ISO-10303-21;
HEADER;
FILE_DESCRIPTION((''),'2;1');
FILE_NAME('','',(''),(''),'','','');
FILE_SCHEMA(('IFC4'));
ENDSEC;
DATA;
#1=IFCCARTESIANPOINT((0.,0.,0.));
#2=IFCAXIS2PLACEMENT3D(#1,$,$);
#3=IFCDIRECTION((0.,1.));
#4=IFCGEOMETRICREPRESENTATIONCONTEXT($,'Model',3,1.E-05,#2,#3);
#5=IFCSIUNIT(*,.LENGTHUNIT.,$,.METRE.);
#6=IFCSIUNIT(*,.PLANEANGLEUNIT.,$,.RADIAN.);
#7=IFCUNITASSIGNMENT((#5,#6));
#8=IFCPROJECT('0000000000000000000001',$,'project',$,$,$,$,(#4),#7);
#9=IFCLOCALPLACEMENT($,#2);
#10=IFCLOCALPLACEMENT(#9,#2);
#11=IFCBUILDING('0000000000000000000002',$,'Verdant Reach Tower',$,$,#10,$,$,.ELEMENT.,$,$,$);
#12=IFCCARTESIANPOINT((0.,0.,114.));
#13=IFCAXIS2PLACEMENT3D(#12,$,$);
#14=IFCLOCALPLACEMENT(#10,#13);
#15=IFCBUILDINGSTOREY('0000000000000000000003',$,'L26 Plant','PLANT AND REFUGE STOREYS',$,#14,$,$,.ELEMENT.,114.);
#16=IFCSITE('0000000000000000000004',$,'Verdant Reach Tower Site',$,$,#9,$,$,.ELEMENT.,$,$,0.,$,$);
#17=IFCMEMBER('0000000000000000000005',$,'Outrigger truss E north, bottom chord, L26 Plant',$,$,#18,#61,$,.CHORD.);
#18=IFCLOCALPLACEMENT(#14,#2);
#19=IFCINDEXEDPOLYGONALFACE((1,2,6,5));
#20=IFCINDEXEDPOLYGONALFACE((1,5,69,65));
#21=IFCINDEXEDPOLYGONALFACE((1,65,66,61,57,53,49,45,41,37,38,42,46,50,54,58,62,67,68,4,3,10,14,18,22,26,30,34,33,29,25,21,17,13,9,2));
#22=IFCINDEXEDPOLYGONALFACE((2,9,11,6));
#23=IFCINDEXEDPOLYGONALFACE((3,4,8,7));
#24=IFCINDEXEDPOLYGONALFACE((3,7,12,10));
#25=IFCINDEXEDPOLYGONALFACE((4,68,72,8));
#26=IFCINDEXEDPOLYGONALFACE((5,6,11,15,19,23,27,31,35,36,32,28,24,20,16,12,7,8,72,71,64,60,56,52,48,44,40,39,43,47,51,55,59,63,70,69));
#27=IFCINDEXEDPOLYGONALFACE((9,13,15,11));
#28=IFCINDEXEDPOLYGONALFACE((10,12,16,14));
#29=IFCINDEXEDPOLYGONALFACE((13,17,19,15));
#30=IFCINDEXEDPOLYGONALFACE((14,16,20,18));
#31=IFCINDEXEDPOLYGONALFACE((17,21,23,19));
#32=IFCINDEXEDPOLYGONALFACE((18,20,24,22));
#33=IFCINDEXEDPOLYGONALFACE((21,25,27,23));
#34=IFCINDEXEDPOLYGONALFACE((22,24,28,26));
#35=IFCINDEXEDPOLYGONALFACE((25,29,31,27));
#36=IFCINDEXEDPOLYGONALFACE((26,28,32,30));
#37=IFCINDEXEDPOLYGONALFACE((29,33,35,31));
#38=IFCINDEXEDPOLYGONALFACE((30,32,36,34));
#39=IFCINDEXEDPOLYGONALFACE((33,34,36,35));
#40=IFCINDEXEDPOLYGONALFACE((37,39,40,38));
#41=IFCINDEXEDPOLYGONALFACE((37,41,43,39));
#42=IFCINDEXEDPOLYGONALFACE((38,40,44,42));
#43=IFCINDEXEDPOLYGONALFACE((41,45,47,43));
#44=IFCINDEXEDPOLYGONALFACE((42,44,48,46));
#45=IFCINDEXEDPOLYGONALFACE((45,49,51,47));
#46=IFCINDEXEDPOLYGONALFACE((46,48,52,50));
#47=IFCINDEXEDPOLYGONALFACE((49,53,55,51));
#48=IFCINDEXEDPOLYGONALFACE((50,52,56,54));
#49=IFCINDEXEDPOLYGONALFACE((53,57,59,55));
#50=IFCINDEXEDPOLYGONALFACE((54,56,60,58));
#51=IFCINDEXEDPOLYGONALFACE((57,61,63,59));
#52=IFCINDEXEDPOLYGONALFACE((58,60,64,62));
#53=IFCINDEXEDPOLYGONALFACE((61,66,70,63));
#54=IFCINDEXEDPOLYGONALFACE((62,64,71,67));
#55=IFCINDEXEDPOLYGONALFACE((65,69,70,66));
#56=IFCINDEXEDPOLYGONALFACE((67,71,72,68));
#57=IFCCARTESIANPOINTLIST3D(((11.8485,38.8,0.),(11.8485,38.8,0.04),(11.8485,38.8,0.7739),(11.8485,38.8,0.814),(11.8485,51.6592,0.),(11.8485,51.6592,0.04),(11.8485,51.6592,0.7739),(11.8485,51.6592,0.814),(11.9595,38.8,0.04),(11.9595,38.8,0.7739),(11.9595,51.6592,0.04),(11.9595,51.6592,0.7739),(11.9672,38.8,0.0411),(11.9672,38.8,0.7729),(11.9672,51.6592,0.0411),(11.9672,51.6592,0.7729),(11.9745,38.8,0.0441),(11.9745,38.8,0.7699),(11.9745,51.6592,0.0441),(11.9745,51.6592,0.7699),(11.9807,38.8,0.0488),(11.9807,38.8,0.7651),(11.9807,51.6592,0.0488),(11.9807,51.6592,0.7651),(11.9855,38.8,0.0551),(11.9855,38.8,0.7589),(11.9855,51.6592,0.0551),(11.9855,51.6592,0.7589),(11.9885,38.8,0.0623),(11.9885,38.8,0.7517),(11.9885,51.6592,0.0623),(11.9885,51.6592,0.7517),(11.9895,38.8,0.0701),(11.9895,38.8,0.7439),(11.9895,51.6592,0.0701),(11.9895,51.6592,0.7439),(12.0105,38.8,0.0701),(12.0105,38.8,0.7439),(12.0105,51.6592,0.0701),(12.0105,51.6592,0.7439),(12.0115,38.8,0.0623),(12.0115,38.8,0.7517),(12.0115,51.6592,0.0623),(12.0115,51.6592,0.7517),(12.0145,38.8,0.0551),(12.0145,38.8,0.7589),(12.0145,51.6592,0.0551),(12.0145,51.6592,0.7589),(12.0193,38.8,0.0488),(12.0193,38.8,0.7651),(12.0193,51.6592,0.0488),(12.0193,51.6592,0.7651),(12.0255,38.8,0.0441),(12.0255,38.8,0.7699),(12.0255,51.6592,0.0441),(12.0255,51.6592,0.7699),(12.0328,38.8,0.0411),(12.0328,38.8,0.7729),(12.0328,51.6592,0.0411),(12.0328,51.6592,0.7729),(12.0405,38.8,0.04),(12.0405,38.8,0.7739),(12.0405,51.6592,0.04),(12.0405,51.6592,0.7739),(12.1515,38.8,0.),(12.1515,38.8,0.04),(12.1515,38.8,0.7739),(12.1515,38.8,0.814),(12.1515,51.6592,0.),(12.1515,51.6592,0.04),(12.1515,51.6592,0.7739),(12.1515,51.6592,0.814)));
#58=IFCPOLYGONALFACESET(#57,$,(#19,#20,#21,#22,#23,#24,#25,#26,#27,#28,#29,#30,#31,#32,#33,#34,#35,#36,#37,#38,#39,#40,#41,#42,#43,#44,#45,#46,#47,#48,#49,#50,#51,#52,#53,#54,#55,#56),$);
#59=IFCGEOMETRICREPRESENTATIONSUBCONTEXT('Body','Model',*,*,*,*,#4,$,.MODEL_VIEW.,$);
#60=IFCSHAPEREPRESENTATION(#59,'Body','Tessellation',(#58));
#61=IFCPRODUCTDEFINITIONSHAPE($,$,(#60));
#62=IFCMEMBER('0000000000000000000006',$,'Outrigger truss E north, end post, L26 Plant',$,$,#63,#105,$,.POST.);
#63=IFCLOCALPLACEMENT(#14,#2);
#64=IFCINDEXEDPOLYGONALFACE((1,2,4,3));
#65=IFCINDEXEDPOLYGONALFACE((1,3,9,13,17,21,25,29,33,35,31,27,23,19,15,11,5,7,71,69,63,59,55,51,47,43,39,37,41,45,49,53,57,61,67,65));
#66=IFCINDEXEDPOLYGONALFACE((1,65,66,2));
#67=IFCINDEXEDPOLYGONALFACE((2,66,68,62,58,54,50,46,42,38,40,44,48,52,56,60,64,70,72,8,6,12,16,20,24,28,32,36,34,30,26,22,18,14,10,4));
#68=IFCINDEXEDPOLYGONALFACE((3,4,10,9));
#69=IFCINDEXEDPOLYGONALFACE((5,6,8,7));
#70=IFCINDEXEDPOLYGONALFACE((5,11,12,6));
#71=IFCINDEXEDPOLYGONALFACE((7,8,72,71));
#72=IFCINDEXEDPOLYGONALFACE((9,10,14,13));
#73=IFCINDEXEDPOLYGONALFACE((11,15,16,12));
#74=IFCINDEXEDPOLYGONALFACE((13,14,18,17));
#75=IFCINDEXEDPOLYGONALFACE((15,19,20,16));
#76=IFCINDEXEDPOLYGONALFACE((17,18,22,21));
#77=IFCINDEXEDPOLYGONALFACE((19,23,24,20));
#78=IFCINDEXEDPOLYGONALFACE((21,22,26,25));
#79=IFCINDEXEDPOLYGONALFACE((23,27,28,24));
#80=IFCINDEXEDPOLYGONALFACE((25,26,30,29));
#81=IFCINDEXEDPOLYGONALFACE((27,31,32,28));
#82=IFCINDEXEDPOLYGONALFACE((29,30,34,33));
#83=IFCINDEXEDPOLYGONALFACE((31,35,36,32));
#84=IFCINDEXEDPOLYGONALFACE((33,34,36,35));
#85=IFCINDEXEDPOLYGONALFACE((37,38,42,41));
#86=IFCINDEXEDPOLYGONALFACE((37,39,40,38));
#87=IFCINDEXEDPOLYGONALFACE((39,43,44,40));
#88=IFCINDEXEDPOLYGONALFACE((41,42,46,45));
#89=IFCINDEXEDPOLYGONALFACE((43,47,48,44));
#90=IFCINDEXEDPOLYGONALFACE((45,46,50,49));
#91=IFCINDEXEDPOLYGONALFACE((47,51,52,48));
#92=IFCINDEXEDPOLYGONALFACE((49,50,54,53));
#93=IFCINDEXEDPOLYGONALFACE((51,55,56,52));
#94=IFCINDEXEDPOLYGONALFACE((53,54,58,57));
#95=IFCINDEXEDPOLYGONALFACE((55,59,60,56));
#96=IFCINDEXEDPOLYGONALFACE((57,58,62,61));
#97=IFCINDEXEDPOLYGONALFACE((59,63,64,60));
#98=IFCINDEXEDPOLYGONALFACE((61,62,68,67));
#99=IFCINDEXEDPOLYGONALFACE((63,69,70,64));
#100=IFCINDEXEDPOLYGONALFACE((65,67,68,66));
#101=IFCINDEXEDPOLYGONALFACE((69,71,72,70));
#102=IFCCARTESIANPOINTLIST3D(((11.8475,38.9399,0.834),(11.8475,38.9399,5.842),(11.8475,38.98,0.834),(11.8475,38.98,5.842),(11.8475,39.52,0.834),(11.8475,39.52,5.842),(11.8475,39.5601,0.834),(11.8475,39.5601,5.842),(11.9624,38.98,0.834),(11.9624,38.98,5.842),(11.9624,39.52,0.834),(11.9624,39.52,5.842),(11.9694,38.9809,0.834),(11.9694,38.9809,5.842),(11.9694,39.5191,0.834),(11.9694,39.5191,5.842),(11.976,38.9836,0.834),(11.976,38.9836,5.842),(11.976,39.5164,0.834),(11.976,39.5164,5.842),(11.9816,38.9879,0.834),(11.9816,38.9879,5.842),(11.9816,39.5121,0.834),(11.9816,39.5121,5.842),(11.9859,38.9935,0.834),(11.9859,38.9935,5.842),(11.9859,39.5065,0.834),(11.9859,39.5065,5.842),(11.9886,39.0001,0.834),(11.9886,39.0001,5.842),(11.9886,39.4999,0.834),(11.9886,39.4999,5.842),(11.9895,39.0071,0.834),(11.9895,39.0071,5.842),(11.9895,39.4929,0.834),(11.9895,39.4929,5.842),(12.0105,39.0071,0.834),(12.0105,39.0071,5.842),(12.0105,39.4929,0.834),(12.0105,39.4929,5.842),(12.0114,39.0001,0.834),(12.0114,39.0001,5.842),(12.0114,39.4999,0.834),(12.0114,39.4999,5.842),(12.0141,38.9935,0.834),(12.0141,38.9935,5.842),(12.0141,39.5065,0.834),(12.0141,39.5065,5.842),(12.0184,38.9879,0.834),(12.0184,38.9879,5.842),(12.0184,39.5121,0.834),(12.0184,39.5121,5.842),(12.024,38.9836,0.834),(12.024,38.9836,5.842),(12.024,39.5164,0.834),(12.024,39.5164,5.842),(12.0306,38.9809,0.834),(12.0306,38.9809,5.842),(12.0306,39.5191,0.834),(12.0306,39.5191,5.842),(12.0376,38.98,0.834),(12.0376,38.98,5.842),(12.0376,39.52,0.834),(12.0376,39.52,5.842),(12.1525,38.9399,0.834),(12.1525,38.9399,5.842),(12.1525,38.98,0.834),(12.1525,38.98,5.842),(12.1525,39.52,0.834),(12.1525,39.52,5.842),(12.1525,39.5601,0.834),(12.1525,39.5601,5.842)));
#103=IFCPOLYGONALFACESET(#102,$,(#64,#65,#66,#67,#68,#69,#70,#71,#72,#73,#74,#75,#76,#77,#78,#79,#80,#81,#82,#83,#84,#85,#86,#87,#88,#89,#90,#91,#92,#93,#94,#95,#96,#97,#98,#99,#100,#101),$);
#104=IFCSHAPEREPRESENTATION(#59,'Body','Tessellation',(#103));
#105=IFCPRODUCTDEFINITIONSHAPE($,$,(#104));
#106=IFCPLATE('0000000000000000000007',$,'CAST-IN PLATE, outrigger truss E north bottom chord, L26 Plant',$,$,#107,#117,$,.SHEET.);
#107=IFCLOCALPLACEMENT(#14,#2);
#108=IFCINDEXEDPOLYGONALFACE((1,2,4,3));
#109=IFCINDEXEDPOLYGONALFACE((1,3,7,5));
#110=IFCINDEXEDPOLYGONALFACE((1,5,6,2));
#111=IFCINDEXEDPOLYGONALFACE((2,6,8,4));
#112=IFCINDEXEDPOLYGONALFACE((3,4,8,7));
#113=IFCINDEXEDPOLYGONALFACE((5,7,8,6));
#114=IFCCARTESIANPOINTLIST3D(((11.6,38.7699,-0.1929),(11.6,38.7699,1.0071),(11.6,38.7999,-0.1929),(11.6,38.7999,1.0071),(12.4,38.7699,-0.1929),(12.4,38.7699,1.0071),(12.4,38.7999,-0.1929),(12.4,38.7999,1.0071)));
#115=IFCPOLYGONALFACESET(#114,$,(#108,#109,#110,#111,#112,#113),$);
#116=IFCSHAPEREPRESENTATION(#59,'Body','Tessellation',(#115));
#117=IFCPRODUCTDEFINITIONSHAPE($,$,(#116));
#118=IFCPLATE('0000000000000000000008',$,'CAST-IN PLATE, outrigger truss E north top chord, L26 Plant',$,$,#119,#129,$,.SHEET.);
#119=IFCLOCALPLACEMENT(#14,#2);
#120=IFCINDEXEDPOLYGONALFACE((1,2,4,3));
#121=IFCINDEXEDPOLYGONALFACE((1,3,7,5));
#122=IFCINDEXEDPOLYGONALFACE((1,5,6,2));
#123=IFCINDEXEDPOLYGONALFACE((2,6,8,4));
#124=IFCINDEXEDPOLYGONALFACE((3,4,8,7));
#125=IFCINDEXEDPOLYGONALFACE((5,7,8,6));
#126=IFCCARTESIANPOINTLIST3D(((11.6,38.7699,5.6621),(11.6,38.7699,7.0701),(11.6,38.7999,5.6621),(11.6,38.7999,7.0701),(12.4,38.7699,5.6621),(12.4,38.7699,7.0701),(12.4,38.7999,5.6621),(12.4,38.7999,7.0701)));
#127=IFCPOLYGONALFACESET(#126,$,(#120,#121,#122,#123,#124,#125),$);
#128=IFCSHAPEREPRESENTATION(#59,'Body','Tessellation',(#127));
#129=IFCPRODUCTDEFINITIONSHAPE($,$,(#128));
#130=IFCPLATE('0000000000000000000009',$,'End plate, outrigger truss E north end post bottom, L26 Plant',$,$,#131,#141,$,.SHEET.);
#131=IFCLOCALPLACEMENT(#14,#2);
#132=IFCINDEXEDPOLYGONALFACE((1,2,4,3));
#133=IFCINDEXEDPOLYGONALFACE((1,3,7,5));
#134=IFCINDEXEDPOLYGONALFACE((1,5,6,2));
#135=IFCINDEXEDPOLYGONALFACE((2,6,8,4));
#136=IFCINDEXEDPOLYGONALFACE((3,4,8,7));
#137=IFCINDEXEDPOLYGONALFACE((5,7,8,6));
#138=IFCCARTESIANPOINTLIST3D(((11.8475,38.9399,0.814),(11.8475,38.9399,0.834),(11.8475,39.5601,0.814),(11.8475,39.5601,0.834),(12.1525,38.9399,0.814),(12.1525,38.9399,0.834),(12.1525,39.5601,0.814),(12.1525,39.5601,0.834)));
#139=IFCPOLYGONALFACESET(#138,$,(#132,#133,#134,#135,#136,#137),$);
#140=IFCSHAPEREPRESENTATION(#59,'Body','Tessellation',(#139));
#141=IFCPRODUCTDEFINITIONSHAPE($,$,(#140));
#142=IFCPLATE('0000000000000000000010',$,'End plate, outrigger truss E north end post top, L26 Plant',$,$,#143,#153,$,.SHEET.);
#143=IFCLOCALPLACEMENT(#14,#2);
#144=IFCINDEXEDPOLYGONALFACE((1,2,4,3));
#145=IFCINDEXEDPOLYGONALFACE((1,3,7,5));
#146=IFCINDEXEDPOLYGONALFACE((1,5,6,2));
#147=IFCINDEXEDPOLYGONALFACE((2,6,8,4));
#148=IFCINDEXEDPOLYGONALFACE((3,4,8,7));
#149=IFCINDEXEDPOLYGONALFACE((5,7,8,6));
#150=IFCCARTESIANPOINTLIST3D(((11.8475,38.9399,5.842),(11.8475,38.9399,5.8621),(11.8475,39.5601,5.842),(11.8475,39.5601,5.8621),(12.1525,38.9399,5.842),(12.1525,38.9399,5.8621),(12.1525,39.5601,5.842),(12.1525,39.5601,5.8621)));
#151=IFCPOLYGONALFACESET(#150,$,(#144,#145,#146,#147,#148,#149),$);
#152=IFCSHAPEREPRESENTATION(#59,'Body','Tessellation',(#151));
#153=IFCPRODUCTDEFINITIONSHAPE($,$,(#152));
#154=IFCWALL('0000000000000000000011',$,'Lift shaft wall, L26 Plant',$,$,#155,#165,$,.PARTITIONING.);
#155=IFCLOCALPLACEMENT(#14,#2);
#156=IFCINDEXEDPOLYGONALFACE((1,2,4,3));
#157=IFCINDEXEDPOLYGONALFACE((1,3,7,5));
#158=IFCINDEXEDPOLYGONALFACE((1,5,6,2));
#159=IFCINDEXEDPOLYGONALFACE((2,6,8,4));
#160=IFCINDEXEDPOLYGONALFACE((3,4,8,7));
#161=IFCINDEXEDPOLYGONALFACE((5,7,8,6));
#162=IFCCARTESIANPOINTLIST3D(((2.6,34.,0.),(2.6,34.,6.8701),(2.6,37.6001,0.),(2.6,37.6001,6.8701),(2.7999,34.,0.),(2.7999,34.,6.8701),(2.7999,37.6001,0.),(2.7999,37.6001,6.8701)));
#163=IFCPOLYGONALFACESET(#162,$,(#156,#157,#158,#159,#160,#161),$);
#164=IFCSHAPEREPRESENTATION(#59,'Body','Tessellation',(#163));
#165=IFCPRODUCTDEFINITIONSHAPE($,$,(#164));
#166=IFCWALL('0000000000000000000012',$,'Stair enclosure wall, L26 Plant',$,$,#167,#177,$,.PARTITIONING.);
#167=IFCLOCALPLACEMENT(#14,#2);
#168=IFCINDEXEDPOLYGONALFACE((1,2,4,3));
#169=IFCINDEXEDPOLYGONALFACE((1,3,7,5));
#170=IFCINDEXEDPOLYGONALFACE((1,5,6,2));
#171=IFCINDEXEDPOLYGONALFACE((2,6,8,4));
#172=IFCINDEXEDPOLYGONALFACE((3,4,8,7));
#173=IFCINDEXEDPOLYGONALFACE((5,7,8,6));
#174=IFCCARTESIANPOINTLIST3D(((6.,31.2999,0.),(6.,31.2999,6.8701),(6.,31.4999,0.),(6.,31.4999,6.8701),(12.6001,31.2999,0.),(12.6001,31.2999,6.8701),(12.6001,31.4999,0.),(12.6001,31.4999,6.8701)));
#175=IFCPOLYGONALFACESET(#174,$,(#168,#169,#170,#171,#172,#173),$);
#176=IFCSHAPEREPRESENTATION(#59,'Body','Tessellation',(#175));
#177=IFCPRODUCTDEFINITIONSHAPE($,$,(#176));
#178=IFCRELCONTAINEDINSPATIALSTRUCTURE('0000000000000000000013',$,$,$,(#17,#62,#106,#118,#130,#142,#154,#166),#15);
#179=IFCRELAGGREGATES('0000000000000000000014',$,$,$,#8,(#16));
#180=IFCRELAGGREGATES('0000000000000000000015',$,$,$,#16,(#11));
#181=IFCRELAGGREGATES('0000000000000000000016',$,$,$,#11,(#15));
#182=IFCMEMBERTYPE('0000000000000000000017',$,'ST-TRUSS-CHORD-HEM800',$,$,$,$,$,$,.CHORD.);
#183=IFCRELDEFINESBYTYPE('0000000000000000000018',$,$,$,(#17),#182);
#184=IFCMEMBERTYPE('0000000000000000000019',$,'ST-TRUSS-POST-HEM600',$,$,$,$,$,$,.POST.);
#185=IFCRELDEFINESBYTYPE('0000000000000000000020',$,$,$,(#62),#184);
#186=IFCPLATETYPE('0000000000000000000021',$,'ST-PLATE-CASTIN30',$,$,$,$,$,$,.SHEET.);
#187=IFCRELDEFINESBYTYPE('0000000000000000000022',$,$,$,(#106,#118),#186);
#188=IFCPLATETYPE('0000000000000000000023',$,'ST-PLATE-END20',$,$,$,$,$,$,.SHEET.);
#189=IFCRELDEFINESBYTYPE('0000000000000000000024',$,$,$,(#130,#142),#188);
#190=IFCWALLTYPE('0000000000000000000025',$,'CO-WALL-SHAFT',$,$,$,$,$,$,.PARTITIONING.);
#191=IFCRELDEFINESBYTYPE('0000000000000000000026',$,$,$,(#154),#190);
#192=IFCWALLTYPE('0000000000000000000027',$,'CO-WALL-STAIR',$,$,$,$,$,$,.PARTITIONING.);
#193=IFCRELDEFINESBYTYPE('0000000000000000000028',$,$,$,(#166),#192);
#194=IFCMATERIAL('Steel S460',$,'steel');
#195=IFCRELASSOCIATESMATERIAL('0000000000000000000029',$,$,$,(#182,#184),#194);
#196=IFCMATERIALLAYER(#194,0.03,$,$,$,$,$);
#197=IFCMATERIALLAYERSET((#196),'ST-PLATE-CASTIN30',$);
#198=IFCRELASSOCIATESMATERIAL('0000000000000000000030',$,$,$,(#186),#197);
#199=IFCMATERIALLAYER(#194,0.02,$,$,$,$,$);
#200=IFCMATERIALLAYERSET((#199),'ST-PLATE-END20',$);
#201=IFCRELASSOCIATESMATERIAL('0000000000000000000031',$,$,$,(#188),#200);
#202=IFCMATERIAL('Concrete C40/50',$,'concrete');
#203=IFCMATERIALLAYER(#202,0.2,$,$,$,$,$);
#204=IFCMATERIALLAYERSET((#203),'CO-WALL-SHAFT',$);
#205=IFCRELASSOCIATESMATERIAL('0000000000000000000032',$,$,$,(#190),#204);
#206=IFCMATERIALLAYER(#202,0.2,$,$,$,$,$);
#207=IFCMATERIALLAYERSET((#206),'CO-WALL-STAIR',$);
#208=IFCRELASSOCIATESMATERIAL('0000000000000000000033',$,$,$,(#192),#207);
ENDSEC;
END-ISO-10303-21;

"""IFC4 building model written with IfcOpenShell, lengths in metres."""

from ifc_helpers import new_model, si_unit, direction, frame, frame_2d, origin, origin_2d, place, context, subcontext, project, spatial, rectangle, i_section, extrude, material, layer, layer_set, material_profile, profile_set, type_object, element, save


model = new_model("IFC4")

# Units and contexts
model_context = context("Model", 3, precision=1e-05, world=origin(), true_north=direction((0.0, 1.0)))
body_context = subcontext(model_context, "Body", "Model", "MODEL_VIEW")
ifc_project = project(units=[si_unit("LENGTHUNIT", "METRE"), si_unit("PLANEANGLEUNIT", "RADIAN")], contexts=[model_context])

# Site, building, storey
site_placement = place(None, origin())
site = spatial("IfcSite", under=ifc_project, at=site_placement, Name="Verdant Reach Tower Site", CompositionType="ELEMENT", RefElevation=0.0)
building_placement = place(site_placement, origin())
building = spatial("IfcBuilding", under=site, at=building_placement, Name="Verdant Reach Tower", CompositionType="ELEMENT")
storey_placement = place(building_placement, frame((0.0, 0.0, 114.0)))
storey = spatial("IfcBuildingStorey", under=building, at=storey_placement, Name="L26 Plant", Description="PLANT AND REFUGE STOREYS", CompositionType="ELEMENT", Elevation=114.0)

# Members
ifc_material_1 = material(Name="Steel S460", Category="steel")
ifc_material_profile_1 = material_profile(ifc_material_1, i_section(OverallWidth=0.303, OverallDepth=0.814, WebThickness=0.021, FlangeThickness=0.04, FilletRadius=0.03, at=origin_2d()), Name="HEM 800")
ifc_profile_set_1 = profile_set([ifc_material_profile_1], Name="Steel S460")
member_type_1 = type_object("IfcMemberType", Name="ST-TRUSS-CHORD-HEM800", PredefinedType="CHORD", material=ifc_profile_set_1)
member_1_placement = place(storey_placement, frame((12.0, 38.8, 0.407), z_axis=(0.0, 1.0, 0.0), x_axis=(-1.0, 0.0, 0.0)))
element("IfcMember", 1, at=member_1_placement, inside=storey, type_object=member_type_1, Name="Outrigger truss E north, bottom chord, L26 Plant", PredefinedType="CHORD", context=body_context, shape_type="SweptSolid", body=[
    extrude(i_section(OverallWidth=0.303, OverallDepth=0.814, WebThickness=0.021, FlangeThickness=0.04, FilletRadius=0.03, at=origin_2d()), origin(), (0.0, 0.0, 1.0), 12.8591),
])
ifc_material_profile_2 = material_profile(ifc_material_1, i_section(OverallWidth=0.3049, OverallDepth=0.6201, WebThickness=0.021, FlangeThickness=0.04, FilletRadius=0.0271, at=origin_2d()), Name="HEM 600")
ifc_profile_set_2 = profile_set([ifc_material_profile_2], Name="Steel S460")
member_type_2 = type_object("IfcMemberType", Name="ST-TRUSS-POST-HEM600", PredefinedType="POST", material=ifc_profile_set_2)
member_2_placement = place(storey_placement, frame((12.0, 39.25, 0.834), z_axis=(0.0, 0.0, 1.0), x_axis=(1.0, 0.0, 0.0)))
element("IfcMember", 2, at=member_2_placement, inside=storey, type_object=member_type_2, Name="Outrigger truss E north, end post, L26 Plant", PredefinedType="POST", context=body_context, shape_type="SweptSolid", body=[
    extrude(i_section(OverallWidth=0.3049, OverallDepth=0.6201, WebThickness=0.021, FlangeThickness=0.04, FilletRadius=0.0271, at=origin_2d()), origin(), (0.0, 0.0, 1.0), 5.0081),
])

# Plates
ifc_layer_1 = layer(ifc_material_1, 0.03)
ifc_layer_set_1 = layer_set([ifc_layer_1], Name="ST-PLATE-CASTIN30")
plate_type_1 = type_object("IfcPlateType", Name="ST-PLATE-CASTIN30", PredefinedType="SHEET", material=ifc_layer_set_1)
plate_1_placement = place(storey_placement, frame((12.0, 38.7849, -0.1929), z_axis=(0.0, 0.0, 1.0), x_axis=(1.0, 0.0, 0.0)))
element("IfcPlate", 3, at=plate_1_placement, inside=storey, type_object=plate_type_1, Name="CAST-IN PLATE, outrigger truss E north bottom chord, L26 Plant", PredefinedType="SHEET", context=body_context, shape_type="SweptSolid", body=[
    extrude(rectangle(XDim=0.8, YDim=0.03, at=origin_2d()), origin(), (0.0, 0.0, 1.0), 1.2),
])
plate_2_placement = place(storey_placement, frame((12.0, 38.7849, 5.6621), z_axis=(0.0, 0.0, 1.0), x_axis=(1.0, 0.0, 0.0)))
element("IfcPlate", 4, at=plate_2_placement, inside=storey, type_object=plate_type_1, Name="CAST-IN PLATE, outrigger truss E north top chord, L26 Plant", PredefinedType="SHEET", context=body_context, shape_type="SweptSolid", body=[
    extrude(rectangle(XDim=0.8, YDim=0.03, at=origin_2d()), origin(), (0.0, 0.0, 1.0), 1.408),
])
ifc_layer_2 = layer(ifc_material_1, 0.02)
ifc_layer_set_2 = layer_set([ifc_layer_2], Name="ST-PLATE-END20")
plate_type_2 = type_object("IfcPlateType", Name="ST-PLATE-END20", PredefinedType="SHEET", material=ifc_layer_set_2)
for number, where, z_axis, x_axis, name in (
    (5, (12.0, 39.25, 0.814), (0.0, 0.0, 1.0), (1.0, 0.0, 0.0), "End plate, outrigger truss E north end post bottom, L26 Plant"),
    (6, (12.0, 39.25, 5.842), (0.0, 0.0, 1.0), (1.0, 0.0, 0.0), "End plate, outrigger truss E north end post top, L26 Plant"),
):
    element("IfcPlate", number, at=place(storey_placement, frame(where, z_axis=z_axis, x_axis=x_axis)), inside=storey, type_object=plate_type_2, Name=name, PredefinedType="SHEET", context=body_context, shape_type="SweptSolid", body=[
        extrude(rectangle(XDim=0.3049, YDim=0.6201, at=origin_2d()), origin(), (0.0, 0.0, 1.0), 0.02),
    ])

# Walls
ifc_material_2 = material(Name="Concrete C40/50", Category="concrete")
ifc_layer_3 = layer(ifc_material_2, 0.2)
ifc_layer_set_3 = layer_set([ifc_layer_3], Name="CO-WALL-SHAFT")
wall_type_1 = type_object("IfcWallType", Name="CO-WALL-SHAFT", PredefinedType="PARTITIONING", material=ifc_layer_set_3)
wall_1_placement = place(storey_placement, frame((2.7, 34.0, 0.0), z_axis=(0.0, 0.0, 1.0), x_axis=(0.0, 1.0, 0.0)))
element("IfcWall", 7, at=wall_1_placement, inside=storey, type_object=wall_type_1, Name="Lift shaft wall, L26 Plant", PredefinedType="PARTITIONING", context=body_context, shape_type="SweptSolid", body=[
    extrude(rectangle(XDim=3.6001, YDim=0.2, at=frame_2d((1.8, 0.0))), origin(), (0.0, 0.0, 1.0), 6.8701),
])
ifc_layer_4 = layer(ifc_material_2, 0.2)
ifc_layer_set_4 = layer_set([ifc_layer_4], Name="CO-WALL-STAIR")
wall_type_2 = type_object("IfcWallType", Name="CO-WALL-STAIR", PredefinedType="PARTITIONING", material=ifc_layer_set_4)
wall_2_placement = place(storey_placement, frame((6.0, 31.3999, 0.0), z_axis=(0.0, 0.0, 1.0), x_axis=(1.0, 0.0, 0.0)))
element("IfcWall", 8, at=wall_2_placement, inside=storey, type_object=wall_type_2, Name="Stair enclosure wall, L26 Plant", PredefinedType="PARTITIONING", context=body_context, shape_type="SweptSolid", body=[
    extrude(rectangle(XDim=6.6001, YDim=0.2, at=frame_2d((3.3, 0.0))), origin(), (0.0, 0.0, 1.0), 6.8701),
])

save(model, "model.ifc")
